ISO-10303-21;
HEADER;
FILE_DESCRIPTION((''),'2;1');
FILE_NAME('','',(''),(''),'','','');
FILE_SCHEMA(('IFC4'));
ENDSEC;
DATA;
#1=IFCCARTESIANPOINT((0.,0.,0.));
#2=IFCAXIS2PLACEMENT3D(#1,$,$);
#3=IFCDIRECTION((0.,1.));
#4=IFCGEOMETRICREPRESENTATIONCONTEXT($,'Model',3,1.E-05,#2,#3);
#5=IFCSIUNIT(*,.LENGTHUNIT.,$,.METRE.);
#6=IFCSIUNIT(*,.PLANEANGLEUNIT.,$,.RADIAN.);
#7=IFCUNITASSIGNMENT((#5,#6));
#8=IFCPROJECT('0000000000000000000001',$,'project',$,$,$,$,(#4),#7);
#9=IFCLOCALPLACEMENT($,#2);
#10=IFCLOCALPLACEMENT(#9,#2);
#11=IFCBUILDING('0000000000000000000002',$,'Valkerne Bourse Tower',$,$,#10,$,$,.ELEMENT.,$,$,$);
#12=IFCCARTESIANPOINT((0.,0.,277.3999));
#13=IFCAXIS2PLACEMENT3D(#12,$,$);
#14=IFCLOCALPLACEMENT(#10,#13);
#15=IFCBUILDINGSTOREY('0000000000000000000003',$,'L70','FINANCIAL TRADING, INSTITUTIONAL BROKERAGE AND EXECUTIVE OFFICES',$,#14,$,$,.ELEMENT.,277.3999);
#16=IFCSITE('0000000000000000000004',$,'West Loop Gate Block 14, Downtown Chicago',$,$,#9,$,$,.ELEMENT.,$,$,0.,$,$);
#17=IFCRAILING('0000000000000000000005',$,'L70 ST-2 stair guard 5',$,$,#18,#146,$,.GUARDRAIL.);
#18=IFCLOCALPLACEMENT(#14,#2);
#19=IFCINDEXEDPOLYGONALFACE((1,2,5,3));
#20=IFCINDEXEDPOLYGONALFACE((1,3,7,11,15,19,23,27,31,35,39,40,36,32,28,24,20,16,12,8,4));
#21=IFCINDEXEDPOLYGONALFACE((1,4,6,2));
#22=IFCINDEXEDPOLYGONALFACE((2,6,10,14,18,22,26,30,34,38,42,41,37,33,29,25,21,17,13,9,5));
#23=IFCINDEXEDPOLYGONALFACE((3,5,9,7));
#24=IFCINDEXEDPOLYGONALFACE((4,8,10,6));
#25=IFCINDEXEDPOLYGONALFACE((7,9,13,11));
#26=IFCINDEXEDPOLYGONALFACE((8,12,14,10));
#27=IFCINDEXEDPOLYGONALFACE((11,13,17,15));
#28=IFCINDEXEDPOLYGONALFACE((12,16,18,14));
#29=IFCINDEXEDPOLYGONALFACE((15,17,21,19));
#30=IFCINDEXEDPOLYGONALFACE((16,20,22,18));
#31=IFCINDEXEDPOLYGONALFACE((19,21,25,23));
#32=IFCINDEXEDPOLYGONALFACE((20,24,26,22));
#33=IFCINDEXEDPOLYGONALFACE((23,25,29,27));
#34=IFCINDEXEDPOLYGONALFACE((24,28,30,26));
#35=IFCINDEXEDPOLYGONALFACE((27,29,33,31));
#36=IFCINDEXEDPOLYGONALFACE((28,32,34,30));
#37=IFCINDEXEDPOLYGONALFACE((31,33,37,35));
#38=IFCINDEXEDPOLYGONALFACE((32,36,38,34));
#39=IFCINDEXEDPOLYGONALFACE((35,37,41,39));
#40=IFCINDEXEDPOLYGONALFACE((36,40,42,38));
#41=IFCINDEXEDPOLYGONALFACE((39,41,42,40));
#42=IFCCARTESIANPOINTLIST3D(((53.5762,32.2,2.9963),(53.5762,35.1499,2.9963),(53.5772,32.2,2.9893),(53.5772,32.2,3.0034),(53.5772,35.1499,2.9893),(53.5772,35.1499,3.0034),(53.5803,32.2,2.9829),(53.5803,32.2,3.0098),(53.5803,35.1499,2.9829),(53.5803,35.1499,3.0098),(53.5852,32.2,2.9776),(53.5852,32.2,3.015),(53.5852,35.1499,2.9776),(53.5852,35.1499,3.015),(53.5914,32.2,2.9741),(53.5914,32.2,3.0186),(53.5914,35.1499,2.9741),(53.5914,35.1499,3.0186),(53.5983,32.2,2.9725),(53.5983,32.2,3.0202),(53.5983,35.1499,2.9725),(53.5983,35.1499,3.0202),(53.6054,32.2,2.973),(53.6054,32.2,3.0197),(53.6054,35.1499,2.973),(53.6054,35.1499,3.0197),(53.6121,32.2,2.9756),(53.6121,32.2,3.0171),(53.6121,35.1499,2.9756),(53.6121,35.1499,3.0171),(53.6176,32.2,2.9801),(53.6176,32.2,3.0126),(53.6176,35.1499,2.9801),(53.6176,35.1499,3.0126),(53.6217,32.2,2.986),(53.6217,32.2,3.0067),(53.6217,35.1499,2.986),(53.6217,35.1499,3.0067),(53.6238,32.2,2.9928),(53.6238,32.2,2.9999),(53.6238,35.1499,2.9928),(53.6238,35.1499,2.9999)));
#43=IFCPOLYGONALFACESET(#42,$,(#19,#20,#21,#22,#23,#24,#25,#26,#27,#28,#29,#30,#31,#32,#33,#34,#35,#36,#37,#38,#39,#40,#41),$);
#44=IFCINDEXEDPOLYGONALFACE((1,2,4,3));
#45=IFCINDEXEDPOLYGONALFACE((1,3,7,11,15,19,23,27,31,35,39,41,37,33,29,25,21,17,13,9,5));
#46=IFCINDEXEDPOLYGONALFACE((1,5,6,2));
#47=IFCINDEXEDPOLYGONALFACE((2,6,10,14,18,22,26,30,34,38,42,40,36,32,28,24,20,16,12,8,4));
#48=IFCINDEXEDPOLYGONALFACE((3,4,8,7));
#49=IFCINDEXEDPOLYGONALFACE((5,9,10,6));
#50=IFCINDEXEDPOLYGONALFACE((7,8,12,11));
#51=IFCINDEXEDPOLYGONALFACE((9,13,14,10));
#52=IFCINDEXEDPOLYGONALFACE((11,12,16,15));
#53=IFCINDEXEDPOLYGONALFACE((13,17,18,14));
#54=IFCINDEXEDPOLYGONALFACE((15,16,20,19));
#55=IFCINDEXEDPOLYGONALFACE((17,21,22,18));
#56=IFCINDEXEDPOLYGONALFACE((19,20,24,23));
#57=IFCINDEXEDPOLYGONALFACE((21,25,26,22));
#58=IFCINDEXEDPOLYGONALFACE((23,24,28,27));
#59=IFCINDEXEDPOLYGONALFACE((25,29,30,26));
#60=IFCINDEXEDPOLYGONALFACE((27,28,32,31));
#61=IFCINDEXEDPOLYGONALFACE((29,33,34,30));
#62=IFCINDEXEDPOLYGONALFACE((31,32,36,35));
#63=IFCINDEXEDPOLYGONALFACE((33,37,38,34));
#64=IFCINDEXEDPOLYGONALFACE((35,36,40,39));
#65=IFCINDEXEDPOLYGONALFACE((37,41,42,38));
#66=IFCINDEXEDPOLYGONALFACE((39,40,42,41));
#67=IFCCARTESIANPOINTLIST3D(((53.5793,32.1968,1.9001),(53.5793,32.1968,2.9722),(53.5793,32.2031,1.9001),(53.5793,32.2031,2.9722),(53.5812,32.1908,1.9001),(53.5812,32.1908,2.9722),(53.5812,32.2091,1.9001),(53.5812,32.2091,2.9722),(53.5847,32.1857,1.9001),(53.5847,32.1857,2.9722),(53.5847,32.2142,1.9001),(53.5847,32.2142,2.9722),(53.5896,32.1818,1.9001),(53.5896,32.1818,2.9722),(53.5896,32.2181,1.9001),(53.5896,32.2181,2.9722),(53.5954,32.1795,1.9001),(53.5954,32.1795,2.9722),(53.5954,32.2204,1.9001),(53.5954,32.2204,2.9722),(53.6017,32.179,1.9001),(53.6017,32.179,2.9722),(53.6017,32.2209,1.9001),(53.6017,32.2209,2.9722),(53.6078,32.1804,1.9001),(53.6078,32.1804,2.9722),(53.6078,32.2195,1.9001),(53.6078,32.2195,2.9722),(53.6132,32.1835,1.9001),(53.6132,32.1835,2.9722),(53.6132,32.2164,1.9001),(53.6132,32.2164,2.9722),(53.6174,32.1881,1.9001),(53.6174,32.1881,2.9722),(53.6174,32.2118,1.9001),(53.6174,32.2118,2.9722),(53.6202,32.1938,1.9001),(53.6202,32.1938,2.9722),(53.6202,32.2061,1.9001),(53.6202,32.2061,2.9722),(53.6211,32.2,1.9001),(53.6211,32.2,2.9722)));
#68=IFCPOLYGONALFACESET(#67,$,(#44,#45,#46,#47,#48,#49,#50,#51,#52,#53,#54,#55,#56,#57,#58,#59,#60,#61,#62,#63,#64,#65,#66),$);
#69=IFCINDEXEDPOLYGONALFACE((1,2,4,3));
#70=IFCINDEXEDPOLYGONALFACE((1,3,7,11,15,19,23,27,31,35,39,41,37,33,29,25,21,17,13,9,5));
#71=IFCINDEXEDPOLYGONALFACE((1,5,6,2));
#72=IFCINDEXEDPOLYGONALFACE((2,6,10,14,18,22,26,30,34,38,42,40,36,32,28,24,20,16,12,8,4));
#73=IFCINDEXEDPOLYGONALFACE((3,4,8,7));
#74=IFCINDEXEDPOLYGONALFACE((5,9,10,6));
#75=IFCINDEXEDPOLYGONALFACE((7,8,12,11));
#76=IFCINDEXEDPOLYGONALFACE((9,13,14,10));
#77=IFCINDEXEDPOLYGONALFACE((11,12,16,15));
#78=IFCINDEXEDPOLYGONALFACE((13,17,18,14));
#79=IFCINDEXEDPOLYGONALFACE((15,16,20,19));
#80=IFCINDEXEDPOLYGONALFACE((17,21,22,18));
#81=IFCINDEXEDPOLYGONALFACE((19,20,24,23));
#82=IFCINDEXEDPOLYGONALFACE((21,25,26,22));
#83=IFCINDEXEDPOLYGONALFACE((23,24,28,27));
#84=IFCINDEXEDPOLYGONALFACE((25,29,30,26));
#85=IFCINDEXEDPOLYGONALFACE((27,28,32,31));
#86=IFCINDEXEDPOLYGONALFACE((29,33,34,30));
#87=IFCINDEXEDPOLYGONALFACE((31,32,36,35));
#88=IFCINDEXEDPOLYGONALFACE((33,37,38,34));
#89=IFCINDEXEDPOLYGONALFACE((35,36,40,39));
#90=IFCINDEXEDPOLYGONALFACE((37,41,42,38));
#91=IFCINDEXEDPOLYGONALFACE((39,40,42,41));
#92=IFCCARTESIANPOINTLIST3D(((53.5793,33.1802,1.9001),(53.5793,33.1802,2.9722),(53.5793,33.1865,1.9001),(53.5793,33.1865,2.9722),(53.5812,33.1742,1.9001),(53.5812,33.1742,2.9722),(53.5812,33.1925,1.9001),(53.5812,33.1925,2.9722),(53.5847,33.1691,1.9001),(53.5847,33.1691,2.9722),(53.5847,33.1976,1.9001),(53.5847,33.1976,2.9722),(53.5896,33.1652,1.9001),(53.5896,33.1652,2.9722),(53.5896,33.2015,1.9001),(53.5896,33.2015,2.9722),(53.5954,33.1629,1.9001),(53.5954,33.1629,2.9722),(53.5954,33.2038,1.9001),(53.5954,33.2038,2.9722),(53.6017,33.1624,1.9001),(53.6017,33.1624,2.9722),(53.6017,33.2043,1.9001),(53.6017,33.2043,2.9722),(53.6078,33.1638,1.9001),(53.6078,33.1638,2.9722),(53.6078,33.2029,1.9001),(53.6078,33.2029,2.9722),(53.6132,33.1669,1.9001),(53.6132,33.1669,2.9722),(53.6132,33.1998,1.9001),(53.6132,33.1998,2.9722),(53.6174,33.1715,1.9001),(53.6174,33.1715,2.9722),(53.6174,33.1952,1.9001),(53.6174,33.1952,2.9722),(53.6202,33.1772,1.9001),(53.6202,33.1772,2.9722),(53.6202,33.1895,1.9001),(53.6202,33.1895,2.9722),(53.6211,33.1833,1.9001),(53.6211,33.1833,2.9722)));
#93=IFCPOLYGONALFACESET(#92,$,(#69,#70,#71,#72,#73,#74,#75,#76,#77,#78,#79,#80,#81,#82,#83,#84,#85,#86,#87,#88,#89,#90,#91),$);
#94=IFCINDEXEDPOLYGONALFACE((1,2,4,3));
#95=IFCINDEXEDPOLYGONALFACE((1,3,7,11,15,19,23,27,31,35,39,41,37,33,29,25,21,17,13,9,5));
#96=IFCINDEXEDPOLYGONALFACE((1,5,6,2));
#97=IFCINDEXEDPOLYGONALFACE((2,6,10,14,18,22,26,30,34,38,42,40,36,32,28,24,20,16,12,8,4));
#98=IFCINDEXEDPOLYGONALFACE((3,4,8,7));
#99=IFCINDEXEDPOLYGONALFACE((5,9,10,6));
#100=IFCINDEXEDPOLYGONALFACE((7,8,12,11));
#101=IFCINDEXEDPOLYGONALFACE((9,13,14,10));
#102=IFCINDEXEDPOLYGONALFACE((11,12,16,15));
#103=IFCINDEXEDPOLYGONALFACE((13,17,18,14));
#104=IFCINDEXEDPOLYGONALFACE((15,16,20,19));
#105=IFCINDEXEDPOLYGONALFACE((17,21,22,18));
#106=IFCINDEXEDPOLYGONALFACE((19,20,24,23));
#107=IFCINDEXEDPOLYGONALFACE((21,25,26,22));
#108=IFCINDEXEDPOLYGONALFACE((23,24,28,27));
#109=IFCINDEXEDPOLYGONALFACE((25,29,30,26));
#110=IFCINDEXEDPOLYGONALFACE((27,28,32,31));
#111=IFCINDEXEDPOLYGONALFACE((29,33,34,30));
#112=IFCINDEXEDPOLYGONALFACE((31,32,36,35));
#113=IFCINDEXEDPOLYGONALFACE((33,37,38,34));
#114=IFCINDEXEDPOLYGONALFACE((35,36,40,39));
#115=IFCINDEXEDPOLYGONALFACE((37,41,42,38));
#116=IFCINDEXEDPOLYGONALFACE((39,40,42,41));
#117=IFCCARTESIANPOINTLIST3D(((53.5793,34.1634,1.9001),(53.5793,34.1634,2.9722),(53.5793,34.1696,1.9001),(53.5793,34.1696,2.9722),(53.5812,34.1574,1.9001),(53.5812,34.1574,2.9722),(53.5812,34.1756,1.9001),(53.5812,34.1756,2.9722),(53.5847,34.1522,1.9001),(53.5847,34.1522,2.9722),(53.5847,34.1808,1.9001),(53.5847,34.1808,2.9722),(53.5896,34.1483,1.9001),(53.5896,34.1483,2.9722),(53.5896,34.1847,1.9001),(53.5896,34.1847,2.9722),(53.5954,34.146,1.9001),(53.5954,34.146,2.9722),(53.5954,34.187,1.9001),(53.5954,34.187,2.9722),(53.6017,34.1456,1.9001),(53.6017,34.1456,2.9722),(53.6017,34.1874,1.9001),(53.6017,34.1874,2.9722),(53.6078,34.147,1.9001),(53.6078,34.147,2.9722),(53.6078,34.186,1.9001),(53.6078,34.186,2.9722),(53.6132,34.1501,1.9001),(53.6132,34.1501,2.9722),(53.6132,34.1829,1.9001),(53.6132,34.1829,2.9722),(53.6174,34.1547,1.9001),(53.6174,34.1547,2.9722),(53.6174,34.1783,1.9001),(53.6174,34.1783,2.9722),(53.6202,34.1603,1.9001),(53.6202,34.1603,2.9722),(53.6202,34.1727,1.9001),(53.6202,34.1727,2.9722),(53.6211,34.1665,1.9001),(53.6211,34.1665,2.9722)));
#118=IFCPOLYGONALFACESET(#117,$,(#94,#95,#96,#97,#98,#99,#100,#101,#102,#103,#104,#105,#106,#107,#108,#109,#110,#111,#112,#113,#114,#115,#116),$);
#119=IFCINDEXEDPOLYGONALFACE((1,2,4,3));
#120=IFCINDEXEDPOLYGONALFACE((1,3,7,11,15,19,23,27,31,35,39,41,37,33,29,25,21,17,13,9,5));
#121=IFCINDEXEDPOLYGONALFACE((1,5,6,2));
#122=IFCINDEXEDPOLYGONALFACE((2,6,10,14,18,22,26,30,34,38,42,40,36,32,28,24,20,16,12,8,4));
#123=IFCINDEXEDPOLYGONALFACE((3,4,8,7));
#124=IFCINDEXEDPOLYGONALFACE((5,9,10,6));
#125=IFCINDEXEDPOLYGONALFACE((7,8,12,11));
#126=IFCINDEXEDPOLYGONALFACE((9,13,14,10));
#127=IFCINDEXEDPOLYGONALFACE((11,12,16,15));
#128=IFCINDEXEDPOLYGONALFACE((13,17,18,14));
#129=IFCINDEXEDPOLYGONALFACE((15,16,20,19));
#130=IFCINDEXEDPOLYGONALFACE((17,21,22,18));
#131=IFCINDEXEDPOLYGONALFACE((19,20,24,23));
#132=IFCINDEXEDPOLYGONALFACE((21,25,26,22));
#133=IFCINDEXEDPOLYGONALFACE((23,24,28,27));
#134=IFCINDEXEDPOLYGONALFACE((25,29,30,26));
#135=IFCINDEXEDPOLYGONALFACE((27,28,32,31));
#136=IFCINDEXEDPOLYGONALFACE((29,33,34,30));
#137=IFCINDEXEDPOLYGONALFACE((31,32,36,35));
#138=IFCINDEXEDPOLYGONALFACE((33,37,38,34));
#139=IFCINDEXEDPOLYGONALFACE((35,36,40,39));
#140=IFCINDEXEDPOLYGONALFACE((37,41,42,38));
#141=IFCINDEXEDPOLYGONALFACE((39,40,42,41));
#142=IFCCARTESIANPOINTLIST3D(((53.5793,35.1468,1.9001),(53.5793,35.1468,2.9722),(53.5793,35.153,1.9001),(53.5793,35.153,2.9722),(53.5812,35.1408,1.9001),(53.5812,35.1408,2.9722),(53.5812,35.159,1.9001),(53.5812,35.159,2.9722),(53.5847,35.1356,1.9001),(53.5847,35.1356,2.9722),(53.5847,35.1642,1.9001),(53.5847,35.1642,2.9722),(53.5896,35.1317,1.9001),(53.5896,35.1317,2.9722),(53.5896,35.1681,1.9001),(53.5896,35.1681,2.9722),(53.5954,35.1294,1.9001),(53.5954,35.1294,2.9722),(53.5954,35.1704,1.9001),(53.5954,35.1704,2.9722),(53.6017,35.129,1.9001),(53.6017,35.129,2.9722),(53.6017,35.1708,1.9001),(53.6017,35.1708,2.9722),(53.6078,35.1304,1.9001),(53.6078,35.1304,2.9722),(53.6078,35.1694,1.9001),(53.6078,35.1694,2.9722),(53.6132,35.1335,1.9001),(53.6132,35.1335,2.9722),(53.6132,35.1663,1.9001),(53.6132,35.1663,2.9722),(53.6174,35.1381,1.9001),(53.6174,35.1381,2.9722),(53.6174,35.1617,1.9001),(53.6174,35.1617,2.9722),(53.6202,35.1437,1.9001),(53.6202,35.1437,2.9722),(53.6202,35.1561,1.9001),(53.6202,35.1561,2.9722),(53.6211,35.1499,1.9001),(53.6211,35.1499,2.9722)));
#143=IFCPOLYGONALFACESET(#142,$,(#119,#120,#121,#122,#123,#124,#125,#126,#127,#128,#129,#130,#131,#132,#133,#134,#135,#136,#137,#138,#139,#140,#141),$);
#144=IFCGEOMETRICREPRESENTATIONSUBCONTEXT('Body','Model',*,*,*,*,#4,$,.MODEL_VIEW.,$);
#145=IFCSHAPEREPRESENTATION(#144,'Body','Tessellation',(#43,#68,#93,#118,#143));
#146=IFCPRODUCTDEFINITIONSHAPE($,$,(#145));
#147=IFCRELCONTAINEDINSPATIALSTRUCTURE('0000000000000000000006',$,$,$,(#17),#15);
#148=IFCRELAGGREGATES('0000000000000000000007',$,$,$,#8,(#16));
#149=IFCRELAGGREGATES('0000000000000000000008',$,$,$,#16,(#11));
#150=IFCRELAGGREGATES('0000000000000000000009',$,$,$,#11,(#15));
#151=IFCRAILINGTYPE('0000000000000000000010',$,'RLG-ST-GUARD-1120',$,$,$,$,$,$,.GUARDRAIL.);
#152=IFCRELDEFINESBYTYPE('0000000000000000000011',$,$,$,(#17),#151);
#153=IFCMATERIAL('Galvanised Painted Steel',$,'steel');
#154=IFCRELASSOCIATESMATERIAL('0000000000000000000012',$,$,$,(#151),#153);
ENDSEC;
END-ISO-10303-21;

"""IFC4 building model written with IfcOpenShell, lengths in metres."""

from ifc_helpers import new_model, si_unit, direction, frame, origin, origin_2d, place, context, subcontext, project, spatial, circle, extrude, material, type_object, element, save


model = new_model("IFC4")

# Units and contexts
model_context = context("Model", 3, precision=1e-05, world=origin(), true_north=direction((0.0, 1.0)))
body_context = subcontext(model_context, "Body", "Model", "MODEL_VIEW")
ifc_project = project(units=[si_unit("LENGTHUNIT", "METRE"), si_unit("PLANEANGLEUNIT", "RADIAN")], contexts=[model_context])

# Site, building, storey
site_placement = place(None, origin())
site = spatial("IfcSite", under=ifc_project, at=site_placement, Name="West Loop Gate Block 14, Downtown Chicago", CompositionType="ELEMENT", RefElevation=0.0)
building_placement = place(site_placement, origin())
building = spatial("IfcBuilding", under=site, at=building_placement, Name="Valkerne Bourse Tower", CompositionType="ELEMENT")
storey_placement = place(building_placement, frame((0.0, 0.0, 277.3999)))
storey = spatial("IfcBuildingStorey", under=building, at=storey_placement, Name="L70", Description="FINANCIAL TRADING, INSTITUTIONAL BROKERAGE AND EXECUTIVE OFFICES", CompositionType="ELEMENT", Elevation=277.3999)

# Railing
ifc_material_1 = material(Name="Galvanised Painted Steel", Category="steel")
railing_type = type_object("IfcRailingType", Name="RLG-ST-GUARD-1120", PredefinedType="GUARDRAIL", material=ifc_material_1)
railing_1_placement = place(storey_placement, frame((53.6001, 32.2, 1.9001)))
element("IfcRailing", 1, at=railing_1_placement, inside=storey, type_object=railing_type, Name="L70 ST-2 stair guard 5", PredefinedType="GUARDRAIL", context=body_context, shape_type="SweptSolid", body=[
    extrude(circle(Radius=0.0239, at=origin_2d()), frame((0.0, 0.0, 1.0962), z_axis=(0.0, 1.0, 0.0), x_axis=(-1.0, 0.0, 0.0)), (0.0, 0.0, 1.0), 2.95),
    extrude(circle(Radius=0.021, at=origin_2d()), origin(), (0.0, 0.0, 1.0), 1.072),
    extrude(circle(Radius=0.021, at=origin_2d()), frame((0.0, 0.9834, 0.0)), (0.0, 0.0, 1.0), 1.072),
    extrude(circle(Radius=0.021, at=origin_2d()), frame((0.0, 1.9666, 0.0)), (0.0, 0.0, 1.0), 1.072),
    extrude(circle(Radius=0.021, at=origin_2d()), frame((0.0, 2.95, 0.0)), (0.0, 0.0, 1.0), 1.072),
])

save(model, "model.ifc")
